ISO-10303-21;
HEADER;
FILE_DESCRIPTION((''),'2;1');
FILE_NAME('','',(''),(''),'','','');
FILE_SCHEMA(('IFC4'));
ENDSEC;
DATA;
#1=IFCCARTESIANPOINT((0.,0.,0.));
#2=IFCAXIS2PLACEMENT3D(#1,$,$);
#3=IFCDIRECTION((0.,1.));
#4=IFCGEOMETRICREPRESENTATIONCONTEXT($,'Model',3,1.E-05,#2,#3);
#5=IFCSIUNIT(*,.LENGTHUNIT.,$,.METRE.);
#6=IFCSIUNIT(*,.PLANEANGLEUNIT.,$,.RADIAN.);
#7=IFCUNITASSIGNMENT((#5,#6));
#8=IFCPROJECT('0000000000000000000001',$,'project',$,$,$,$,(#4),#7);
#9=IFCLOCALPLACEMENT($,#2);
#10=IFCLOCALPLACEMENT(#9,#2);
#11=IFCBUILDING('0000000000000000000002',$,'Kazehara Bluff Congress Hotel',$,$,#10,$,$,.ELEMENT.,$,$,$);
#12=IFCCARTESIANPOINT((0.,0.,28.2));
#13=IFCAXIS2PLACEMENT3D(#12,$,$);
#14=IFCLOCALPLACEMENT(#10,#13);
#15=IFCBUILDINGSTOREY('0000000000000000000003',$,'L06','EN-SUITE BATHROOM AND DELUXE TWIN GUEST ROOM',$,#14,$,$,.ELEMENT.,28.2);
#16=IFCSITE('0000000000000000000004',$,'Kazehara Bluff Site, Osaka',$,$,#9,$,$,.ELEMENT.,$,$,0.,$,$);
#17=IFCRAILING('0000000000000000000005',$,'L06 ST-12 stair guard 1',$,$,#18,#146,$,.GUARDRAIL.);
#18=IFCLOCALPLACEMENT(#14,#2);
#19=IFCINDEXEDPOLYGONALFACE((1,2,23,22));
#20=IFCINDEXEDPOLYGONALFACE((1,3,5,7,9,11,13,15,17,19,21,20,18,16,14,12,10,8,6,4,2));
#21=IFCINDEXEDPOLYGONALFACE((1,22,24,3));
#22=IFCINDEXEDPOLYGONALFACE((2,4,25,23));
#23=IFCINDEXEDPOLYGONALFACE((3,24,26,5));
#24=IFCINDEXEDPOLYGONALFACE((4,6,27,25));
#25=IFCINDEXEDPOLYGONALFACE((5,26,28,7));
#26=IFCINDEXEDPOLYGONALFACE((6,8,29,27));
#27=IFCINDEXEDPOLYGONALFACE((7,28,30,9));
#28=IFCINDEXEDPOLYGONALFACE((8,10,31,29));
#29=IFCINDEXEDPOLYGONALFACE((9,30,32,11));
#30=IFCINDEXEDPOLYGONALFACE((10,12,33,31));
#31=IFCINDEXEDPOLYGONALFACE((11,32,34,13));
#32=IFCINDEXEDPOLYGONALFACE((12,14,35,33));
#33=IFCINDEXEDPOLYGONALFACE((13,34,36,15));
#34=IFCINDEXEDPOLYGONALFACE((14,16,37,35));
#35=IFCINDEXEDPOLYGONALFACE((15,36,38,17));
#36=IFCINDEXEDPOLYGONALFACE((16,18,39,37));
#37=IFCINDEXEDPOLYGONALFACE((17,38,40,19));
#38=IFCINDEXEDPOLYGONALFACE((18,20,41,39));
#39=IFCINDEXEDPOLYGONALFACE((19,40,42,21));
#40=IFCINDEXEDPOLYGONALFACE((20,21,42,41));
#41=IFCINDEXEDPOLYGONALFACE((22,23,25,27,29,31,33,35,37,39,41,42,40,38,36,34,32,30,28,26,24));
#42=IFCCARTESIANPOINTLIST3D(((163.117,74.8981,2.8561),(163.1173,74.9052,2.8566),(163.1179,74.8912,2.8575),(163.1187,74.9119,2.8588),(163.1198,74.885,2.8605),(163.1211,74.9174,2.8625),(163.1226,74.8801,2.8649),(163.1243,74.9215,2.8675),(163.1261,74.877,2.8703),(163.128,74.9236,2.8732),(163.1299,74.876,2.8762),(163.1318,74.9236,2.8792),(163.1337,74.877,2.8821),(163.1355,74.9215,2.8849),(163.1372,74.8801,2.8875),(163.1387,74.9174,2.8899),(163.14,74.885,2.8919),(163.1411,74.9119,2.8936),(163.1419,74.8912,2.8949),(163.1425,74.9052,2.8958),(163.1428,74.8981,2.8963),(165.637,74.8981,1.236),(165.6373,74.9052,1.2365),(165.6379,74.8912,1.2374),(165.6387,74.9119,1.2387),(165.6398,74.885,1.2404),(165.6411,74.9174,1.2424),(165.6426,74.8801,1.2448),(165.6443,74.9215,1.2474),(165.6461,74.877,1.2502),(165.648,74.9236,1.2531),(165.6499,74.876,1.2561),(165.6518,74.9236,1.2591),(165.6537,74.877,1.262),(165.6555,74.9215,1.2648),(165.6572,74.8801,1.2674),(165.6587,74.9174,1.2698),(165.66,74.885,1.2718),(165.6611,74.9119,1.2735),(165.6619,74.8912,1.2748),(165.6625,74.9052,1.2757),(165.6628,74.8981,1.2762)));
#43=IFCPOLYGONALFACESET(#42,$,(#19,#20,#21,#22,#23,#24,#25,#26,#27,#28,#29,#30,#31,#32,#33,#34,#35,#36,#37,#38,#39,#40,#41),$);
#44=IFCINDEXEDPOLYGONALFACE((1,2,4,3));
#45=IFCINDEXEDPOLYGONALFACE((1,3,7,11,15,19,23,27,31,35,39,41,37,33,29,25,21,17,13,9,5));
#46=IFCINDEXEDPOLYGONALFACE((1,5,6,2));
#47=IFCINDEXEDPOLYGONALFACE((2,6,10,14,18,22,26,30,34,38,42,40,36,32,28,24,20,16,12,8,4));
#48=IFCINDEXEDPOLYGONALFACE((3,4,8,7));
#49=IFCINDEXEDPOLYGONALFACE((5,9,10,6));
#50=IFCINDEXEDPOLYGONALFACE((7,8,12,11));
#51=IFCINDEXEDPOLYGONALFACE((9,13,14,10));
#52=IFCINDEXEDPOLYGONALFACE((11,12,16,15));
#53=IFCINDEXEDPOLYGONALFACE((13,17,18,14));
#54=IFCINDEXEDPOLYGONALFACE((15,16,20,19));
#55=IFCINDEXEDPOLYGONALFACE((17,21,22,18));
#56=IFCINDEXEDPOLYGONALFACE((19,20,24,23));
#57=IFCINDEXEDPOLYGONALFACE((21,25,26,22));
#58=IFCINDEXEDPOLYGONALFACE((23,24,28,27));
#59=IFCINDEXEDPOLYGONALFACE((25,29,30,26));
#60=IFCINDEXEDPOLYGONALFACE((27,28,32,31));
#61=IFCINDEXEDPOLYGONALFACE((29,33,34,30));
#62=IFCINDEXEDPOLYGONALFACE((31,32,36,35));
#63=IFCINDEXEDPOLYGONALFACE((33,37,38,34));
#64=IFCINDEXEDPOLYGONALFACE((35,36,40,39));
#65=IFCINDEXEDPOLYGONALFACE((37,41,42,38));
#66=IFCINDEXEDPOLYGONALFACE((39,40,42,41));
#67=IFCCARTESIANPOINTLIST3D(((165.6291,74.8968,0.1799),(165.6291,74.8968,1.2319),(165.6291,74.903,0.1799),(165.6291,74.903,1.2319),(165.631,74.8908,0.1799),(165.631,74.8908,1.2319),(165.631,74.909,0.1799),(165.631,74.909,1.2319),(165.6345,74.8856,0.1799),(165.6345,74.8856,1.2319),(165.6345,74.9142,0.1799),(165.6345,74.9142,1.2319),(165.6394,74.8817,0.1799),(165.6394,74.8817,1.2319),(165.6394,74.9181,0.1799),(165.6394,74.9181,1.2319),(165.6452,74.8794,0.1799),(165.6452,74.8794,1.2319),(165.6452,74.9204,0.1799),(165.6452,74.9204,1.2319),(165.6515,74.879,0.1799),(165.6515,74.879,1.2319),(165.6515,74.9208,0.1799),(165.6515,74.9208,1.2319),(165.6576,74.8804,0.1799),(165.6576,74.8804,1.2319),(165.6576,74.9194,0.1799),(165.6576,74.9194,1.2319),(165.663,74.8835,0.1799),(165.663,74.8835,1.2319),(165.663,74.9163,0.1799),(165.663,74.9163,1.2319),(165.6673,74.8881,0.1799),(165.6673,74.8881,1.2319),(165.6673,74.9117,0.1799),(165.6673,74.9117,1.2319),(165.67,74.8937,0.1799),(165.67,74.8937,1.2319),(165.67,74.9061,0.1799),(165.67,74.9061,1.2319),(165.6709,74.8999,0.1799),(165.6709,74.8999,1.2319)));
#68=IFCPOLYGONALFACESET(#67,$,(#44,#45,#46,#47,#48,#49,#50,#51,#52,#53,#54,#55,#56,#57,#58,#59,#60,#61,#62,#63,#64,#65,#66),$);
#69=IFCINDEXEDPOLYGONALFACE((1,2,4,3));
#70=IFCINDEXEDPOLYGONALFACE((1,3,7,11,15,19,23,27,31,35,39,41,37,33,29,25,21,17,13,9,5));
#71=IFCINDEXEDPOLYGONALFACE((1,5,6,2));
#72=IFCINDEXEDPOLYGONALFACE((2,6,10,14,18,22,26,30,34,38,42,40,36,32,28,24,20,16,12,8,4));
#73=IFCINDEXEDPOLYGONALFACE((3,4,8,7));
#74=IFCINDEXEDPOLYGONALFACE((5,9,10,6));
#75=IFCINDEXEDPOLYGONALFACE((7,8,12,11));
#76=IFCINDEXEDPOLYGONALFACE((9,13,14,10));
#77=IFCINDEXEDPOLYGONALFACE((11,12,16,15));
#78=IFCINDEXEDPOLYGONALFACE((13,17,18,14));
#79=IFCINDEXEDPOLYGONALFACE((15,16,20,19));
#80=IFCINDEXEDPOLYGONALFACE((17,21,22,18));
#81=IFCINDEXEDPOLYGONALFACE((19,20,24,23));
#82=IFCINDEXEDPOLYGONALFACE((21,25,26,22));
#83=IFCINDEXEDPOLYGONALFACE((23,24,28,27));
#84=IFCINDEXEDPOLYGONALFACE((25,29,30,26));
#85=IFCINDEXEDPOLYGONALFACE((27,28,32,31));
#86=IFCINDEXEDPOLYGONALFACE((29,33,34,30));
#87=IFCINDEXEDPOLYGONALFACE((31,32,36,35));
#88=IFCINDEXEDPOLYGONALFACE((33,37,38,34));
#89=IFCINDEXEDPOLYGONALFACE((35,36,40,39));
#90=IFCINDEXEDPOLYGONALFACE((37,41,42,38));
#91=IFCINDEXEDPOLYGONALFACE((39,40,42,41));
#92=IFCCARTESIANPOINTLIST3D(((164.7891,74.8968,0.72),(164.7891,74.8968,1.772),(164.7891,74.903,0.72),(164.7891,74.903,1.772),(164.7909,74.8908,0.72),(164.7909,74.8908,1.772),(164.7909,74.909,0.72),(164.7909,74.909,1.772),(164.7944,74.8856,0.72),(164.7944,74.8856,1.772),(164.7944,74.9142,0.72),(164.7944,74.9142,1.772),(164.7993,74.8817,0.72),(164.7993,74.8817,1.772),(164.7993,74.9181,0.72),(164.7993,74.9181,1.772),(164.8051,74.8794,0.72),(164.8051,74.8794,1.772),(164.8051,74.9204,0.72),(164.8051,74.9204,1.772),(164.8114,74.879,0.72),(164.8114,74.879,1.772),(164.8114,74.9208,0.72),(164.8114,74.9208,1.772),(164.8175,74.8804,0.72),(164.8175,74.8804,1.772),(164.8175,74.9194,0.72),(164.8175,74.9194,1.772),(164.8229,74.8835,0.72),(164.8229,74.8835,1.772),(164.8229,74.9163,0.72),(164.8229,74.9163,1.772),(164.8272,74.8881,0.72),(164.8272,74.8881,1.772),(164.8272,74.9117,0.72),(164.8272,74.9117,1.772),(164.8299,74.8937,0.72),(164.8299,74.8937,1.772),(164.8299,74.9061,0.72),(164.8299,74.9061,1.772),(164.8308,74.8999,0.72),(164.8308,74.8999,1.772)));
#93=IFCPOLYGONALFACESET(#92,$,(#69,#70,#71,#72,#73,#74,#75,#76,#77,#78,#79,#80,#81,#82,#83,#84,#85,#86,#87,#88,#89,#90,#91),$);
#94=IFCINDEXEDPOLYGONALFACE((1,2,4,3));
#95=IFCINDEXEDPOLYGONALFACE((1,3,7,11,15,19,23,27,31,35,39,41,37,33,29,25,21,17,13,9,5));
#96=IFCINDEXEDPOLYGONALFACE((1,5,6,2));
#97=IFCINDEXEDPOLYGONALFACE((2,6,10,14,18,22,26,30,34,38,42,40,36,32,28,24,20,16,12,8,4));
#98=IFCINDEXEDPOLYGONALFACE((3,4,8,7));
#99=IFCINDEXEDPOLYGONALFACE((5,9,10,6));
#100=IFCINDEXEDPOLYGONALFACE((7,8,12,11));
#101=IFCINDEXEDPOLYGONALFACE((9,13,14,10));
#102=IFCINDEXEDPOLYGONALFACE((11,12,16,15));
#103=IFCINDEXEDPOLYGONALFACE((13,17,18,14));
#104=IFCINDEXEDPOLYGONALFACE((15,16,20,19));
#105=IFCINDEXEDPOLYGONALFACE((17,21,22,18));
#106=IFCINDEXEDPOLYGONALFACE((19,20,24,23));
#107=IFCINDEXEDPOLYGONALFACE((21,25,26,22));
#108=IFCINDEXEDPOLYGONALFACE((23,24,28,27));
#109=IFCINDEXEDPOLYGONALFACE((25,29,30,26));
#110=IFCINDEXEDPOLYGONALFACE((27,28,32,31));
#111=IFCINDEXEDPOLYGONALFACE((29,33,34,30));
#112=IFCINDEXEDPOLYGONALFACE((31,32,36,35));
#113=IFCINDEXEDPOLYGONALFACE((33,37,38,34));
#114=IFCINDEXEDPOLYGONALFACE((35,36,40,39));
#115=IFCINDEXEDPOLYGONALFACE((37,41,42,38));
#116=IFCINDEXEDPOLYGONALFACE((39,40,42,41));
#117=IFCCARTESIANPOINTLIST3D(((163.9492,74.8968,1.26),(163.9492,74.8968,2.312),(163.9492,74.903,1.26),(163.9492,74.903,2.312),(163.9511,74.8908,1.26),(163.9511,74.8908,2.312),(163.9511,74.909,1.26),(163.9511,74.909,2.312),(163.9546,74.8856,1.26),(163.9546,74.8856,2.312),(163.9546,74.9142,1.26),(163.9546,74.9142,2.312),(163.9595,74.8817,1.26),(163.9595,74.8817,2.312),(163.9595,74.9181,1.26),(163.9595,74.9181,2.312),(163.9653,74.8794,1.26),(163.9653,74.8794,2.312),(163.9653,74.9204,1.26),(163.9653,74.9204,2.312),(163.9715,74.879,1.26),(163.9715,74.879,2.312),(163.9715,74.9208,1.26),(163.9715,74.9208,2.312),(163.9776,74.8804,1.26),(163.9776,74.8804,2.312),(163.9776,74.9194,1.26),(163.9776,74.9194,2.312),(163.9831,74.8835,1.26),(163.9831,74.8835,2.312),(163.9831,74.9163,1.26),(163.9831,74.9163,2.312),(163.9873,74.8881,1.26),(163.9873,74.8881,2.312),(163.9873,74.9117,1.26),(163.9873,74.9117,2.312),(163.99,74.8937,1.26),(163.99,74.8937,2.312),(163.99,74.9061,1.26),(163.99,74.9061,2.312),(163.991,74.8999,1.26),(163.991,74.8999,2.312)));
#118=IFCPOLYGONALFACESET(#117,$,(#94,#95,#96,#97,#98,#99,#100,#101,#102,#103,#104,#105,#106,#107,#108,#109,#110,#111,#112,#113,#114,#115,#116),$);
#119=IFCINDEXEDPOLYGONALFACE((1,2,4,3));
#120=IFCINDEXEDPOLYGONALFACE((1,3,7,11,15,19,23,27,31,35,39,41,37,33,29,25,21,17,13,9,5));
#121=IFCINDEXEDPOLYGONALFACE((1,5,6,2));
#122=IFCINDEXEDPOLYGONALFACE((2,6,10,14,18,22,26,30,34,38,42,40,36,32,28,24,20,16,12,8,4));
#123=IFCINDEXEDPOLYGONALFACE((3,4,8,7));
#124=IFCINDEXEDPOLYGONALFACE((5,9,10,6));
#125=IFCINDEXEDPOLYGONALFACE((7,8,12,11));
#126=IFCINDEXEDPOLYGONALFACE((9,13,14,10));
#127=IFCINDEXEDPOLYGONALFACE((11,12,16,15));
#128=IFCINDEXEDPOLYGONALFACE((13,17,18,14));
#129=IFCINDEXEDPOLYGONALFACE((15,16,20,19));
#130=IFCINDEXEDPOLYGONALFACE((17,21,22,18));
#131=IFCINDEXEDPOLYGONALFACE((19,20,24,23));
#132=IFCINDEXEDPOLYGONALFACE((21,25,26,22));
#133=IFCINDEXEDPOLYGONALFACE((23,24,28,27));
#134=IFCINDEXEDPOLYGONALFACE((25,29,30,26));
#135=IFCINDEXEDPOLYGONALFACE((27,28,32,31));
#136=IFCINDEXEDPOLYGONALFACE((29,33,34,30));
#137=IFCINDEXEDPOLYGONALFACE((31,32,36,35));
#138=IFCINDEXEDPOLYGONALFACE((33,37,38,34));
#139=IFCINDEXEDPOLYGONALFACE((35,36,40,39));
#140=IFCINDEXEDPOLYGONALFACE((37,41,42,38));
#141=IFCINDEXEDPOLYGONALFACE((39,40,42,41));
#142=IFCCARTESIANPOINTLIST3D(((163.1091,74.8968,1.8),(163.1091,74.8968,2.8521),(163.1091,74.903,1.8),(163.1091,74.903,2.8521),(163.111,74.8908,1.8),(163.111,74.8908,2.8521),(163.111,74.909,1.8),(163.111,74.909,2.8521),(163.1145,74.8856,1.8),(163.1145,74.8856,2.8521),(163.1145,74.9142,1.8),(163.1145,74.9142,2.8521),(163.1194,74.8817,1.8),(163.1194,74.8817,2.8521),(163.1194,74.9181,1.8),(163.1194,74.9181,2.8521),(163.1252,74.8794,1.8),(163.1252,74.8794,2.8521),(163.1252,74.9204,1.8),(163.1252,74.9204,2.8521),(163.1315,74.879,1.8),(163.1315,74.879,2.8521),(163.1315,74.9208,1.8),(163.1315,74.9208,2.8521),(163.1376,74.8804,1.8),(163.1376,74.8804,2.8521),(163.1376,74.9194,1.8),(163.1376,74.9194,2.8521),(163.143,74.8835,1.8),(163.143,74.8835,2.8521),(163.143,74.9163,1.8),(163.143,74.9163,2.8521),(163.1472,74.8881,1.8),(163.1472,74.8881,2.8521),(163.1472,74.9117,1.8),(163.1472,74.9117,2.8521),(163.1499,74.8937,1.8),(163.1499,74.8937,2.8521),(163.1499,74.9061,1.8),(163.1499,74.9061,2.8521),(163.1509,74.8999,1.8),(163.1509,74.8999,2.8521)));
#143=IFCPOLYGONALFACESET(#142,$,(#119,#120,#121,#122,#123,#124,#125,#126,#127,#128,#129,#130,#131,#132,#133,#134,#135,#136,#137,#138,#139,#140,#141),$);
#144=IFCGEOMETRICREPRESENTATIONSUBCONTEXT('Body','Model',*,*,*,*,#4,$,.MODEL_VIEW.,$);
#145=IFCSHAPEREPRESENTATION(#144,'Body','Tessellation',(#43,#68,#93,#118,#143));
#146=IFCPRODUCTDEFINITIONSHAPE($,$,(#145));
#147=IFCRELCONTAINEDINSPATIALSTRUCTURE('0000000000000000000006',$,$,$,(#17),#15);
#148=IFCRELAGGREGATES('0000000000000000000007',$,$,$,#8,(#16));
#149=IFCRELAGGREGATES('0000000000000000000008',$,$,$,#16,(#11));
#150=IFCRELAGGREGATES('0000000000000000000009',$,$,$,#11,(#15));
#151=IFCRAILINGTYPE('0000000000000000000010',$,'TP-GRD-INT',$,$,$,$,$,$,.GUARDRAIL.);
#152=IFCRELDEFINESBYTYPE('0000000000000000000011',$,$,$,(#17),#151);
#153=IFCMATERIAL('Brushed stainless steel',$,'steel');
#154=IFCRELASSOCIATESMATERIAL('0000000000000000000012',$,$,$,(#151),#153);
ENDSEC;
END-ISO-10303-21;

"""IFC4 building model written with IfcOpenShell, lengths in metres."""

from ifc_helpers import new_model, si_unit, direction, frame, origin, origin_2d, place, context, subcontext, project, spatial, circle, extrude, material, type_object, element, save


model = new_model("IFC4")

# Units and contexts
model_context = context("Model", 3, precision=1e-05, world=origin(), true_north=direction((0.0, 1.0)))
body_context = subcontext(model_context, "Body", "Model", "MODEL_VIEW")
ifc_project = project(units=[si_unit("LENGTHUNIT", "METRE"), si_unit("PLANEANGLEUNIT", "RADIAN")], contexts=[model_context])

# Site, building, storey
site_placement = place(None, origin())
site = spatial("IfcSite", under=ifc_project, at=site_placement, Name="Kazehara Bluff Site, Osaka", CompositionType="ELEMENT", RefElevation=0.0)
building_placement = place(site_placement, origin())
building = spatial("IfcBuilding", under=site, at=building_placement, Name="Kazehara Bluff Congress Hotel", CompositionType="ELEMENT")
storey_placement = place(building_placement, frame((0.0, 0.0, 28.2)))
storey = spatial("IfcBuildingStorey", under=building, at=storey_placement, Name="L06", Description="EN-SUITE BATHROOM AND DELUXE TWIN GUEST ROOM", CompositionType="ELEMENT", Elevation=28.2)

# Railing
ifc_material_1 = material(Name="Brushed stainless steel", Category="steel")
railing_type_1 = type_object("IfcRailingType", Name="TP-GRD-INT", PredefinedType="GUARDRAIL", material=ifc_material_1)
railing_1_placement = place(storey_placement, frame((165.6499, 74.8999, 0.1799)))
element("IfcRailing", 1, at=railing_1_placement, inside=storey, type_object=railing_type_1, Name="L06 ST-12 stair guard 1", PredefinedType="GUARDRAIL", context=body_context, shape_type="SweptSolid", body=[
    extrude(circle(Radius=0.0239, at=origin_2d()), frame((0.0, 0.0, 1.0762), z_axis=(-0.841163, 0.0, 0.540782), x_axis=(0.0, -1.0, 0.0)), (0.0, 0.0, 1.0), 2.9958),
    extrude(circle(Radius=0.021, at=origin_2d()), origin(), (0.0, 0.0, 1.0), 1.052),
    extrude(circle(Radius=0.021, at=origin_2d()), frame((-0.8401, 0.0, 0.54)), (0.0, 0.0, 1.0), 1.052),
    extrude(circle(Radius=0.021, at=origin_2d()), frame((-1.6799, 0.0, 1.0801)), (0.0, 0.0, 1.0), 1.052),
    extrude(circle(Radius=0.021, at=origin_2d()), frame((-2.52, 0.0, 1.6201)), (0.0, 0.0, 1.0), 1.052),
])

save(model, "model.ifc")
